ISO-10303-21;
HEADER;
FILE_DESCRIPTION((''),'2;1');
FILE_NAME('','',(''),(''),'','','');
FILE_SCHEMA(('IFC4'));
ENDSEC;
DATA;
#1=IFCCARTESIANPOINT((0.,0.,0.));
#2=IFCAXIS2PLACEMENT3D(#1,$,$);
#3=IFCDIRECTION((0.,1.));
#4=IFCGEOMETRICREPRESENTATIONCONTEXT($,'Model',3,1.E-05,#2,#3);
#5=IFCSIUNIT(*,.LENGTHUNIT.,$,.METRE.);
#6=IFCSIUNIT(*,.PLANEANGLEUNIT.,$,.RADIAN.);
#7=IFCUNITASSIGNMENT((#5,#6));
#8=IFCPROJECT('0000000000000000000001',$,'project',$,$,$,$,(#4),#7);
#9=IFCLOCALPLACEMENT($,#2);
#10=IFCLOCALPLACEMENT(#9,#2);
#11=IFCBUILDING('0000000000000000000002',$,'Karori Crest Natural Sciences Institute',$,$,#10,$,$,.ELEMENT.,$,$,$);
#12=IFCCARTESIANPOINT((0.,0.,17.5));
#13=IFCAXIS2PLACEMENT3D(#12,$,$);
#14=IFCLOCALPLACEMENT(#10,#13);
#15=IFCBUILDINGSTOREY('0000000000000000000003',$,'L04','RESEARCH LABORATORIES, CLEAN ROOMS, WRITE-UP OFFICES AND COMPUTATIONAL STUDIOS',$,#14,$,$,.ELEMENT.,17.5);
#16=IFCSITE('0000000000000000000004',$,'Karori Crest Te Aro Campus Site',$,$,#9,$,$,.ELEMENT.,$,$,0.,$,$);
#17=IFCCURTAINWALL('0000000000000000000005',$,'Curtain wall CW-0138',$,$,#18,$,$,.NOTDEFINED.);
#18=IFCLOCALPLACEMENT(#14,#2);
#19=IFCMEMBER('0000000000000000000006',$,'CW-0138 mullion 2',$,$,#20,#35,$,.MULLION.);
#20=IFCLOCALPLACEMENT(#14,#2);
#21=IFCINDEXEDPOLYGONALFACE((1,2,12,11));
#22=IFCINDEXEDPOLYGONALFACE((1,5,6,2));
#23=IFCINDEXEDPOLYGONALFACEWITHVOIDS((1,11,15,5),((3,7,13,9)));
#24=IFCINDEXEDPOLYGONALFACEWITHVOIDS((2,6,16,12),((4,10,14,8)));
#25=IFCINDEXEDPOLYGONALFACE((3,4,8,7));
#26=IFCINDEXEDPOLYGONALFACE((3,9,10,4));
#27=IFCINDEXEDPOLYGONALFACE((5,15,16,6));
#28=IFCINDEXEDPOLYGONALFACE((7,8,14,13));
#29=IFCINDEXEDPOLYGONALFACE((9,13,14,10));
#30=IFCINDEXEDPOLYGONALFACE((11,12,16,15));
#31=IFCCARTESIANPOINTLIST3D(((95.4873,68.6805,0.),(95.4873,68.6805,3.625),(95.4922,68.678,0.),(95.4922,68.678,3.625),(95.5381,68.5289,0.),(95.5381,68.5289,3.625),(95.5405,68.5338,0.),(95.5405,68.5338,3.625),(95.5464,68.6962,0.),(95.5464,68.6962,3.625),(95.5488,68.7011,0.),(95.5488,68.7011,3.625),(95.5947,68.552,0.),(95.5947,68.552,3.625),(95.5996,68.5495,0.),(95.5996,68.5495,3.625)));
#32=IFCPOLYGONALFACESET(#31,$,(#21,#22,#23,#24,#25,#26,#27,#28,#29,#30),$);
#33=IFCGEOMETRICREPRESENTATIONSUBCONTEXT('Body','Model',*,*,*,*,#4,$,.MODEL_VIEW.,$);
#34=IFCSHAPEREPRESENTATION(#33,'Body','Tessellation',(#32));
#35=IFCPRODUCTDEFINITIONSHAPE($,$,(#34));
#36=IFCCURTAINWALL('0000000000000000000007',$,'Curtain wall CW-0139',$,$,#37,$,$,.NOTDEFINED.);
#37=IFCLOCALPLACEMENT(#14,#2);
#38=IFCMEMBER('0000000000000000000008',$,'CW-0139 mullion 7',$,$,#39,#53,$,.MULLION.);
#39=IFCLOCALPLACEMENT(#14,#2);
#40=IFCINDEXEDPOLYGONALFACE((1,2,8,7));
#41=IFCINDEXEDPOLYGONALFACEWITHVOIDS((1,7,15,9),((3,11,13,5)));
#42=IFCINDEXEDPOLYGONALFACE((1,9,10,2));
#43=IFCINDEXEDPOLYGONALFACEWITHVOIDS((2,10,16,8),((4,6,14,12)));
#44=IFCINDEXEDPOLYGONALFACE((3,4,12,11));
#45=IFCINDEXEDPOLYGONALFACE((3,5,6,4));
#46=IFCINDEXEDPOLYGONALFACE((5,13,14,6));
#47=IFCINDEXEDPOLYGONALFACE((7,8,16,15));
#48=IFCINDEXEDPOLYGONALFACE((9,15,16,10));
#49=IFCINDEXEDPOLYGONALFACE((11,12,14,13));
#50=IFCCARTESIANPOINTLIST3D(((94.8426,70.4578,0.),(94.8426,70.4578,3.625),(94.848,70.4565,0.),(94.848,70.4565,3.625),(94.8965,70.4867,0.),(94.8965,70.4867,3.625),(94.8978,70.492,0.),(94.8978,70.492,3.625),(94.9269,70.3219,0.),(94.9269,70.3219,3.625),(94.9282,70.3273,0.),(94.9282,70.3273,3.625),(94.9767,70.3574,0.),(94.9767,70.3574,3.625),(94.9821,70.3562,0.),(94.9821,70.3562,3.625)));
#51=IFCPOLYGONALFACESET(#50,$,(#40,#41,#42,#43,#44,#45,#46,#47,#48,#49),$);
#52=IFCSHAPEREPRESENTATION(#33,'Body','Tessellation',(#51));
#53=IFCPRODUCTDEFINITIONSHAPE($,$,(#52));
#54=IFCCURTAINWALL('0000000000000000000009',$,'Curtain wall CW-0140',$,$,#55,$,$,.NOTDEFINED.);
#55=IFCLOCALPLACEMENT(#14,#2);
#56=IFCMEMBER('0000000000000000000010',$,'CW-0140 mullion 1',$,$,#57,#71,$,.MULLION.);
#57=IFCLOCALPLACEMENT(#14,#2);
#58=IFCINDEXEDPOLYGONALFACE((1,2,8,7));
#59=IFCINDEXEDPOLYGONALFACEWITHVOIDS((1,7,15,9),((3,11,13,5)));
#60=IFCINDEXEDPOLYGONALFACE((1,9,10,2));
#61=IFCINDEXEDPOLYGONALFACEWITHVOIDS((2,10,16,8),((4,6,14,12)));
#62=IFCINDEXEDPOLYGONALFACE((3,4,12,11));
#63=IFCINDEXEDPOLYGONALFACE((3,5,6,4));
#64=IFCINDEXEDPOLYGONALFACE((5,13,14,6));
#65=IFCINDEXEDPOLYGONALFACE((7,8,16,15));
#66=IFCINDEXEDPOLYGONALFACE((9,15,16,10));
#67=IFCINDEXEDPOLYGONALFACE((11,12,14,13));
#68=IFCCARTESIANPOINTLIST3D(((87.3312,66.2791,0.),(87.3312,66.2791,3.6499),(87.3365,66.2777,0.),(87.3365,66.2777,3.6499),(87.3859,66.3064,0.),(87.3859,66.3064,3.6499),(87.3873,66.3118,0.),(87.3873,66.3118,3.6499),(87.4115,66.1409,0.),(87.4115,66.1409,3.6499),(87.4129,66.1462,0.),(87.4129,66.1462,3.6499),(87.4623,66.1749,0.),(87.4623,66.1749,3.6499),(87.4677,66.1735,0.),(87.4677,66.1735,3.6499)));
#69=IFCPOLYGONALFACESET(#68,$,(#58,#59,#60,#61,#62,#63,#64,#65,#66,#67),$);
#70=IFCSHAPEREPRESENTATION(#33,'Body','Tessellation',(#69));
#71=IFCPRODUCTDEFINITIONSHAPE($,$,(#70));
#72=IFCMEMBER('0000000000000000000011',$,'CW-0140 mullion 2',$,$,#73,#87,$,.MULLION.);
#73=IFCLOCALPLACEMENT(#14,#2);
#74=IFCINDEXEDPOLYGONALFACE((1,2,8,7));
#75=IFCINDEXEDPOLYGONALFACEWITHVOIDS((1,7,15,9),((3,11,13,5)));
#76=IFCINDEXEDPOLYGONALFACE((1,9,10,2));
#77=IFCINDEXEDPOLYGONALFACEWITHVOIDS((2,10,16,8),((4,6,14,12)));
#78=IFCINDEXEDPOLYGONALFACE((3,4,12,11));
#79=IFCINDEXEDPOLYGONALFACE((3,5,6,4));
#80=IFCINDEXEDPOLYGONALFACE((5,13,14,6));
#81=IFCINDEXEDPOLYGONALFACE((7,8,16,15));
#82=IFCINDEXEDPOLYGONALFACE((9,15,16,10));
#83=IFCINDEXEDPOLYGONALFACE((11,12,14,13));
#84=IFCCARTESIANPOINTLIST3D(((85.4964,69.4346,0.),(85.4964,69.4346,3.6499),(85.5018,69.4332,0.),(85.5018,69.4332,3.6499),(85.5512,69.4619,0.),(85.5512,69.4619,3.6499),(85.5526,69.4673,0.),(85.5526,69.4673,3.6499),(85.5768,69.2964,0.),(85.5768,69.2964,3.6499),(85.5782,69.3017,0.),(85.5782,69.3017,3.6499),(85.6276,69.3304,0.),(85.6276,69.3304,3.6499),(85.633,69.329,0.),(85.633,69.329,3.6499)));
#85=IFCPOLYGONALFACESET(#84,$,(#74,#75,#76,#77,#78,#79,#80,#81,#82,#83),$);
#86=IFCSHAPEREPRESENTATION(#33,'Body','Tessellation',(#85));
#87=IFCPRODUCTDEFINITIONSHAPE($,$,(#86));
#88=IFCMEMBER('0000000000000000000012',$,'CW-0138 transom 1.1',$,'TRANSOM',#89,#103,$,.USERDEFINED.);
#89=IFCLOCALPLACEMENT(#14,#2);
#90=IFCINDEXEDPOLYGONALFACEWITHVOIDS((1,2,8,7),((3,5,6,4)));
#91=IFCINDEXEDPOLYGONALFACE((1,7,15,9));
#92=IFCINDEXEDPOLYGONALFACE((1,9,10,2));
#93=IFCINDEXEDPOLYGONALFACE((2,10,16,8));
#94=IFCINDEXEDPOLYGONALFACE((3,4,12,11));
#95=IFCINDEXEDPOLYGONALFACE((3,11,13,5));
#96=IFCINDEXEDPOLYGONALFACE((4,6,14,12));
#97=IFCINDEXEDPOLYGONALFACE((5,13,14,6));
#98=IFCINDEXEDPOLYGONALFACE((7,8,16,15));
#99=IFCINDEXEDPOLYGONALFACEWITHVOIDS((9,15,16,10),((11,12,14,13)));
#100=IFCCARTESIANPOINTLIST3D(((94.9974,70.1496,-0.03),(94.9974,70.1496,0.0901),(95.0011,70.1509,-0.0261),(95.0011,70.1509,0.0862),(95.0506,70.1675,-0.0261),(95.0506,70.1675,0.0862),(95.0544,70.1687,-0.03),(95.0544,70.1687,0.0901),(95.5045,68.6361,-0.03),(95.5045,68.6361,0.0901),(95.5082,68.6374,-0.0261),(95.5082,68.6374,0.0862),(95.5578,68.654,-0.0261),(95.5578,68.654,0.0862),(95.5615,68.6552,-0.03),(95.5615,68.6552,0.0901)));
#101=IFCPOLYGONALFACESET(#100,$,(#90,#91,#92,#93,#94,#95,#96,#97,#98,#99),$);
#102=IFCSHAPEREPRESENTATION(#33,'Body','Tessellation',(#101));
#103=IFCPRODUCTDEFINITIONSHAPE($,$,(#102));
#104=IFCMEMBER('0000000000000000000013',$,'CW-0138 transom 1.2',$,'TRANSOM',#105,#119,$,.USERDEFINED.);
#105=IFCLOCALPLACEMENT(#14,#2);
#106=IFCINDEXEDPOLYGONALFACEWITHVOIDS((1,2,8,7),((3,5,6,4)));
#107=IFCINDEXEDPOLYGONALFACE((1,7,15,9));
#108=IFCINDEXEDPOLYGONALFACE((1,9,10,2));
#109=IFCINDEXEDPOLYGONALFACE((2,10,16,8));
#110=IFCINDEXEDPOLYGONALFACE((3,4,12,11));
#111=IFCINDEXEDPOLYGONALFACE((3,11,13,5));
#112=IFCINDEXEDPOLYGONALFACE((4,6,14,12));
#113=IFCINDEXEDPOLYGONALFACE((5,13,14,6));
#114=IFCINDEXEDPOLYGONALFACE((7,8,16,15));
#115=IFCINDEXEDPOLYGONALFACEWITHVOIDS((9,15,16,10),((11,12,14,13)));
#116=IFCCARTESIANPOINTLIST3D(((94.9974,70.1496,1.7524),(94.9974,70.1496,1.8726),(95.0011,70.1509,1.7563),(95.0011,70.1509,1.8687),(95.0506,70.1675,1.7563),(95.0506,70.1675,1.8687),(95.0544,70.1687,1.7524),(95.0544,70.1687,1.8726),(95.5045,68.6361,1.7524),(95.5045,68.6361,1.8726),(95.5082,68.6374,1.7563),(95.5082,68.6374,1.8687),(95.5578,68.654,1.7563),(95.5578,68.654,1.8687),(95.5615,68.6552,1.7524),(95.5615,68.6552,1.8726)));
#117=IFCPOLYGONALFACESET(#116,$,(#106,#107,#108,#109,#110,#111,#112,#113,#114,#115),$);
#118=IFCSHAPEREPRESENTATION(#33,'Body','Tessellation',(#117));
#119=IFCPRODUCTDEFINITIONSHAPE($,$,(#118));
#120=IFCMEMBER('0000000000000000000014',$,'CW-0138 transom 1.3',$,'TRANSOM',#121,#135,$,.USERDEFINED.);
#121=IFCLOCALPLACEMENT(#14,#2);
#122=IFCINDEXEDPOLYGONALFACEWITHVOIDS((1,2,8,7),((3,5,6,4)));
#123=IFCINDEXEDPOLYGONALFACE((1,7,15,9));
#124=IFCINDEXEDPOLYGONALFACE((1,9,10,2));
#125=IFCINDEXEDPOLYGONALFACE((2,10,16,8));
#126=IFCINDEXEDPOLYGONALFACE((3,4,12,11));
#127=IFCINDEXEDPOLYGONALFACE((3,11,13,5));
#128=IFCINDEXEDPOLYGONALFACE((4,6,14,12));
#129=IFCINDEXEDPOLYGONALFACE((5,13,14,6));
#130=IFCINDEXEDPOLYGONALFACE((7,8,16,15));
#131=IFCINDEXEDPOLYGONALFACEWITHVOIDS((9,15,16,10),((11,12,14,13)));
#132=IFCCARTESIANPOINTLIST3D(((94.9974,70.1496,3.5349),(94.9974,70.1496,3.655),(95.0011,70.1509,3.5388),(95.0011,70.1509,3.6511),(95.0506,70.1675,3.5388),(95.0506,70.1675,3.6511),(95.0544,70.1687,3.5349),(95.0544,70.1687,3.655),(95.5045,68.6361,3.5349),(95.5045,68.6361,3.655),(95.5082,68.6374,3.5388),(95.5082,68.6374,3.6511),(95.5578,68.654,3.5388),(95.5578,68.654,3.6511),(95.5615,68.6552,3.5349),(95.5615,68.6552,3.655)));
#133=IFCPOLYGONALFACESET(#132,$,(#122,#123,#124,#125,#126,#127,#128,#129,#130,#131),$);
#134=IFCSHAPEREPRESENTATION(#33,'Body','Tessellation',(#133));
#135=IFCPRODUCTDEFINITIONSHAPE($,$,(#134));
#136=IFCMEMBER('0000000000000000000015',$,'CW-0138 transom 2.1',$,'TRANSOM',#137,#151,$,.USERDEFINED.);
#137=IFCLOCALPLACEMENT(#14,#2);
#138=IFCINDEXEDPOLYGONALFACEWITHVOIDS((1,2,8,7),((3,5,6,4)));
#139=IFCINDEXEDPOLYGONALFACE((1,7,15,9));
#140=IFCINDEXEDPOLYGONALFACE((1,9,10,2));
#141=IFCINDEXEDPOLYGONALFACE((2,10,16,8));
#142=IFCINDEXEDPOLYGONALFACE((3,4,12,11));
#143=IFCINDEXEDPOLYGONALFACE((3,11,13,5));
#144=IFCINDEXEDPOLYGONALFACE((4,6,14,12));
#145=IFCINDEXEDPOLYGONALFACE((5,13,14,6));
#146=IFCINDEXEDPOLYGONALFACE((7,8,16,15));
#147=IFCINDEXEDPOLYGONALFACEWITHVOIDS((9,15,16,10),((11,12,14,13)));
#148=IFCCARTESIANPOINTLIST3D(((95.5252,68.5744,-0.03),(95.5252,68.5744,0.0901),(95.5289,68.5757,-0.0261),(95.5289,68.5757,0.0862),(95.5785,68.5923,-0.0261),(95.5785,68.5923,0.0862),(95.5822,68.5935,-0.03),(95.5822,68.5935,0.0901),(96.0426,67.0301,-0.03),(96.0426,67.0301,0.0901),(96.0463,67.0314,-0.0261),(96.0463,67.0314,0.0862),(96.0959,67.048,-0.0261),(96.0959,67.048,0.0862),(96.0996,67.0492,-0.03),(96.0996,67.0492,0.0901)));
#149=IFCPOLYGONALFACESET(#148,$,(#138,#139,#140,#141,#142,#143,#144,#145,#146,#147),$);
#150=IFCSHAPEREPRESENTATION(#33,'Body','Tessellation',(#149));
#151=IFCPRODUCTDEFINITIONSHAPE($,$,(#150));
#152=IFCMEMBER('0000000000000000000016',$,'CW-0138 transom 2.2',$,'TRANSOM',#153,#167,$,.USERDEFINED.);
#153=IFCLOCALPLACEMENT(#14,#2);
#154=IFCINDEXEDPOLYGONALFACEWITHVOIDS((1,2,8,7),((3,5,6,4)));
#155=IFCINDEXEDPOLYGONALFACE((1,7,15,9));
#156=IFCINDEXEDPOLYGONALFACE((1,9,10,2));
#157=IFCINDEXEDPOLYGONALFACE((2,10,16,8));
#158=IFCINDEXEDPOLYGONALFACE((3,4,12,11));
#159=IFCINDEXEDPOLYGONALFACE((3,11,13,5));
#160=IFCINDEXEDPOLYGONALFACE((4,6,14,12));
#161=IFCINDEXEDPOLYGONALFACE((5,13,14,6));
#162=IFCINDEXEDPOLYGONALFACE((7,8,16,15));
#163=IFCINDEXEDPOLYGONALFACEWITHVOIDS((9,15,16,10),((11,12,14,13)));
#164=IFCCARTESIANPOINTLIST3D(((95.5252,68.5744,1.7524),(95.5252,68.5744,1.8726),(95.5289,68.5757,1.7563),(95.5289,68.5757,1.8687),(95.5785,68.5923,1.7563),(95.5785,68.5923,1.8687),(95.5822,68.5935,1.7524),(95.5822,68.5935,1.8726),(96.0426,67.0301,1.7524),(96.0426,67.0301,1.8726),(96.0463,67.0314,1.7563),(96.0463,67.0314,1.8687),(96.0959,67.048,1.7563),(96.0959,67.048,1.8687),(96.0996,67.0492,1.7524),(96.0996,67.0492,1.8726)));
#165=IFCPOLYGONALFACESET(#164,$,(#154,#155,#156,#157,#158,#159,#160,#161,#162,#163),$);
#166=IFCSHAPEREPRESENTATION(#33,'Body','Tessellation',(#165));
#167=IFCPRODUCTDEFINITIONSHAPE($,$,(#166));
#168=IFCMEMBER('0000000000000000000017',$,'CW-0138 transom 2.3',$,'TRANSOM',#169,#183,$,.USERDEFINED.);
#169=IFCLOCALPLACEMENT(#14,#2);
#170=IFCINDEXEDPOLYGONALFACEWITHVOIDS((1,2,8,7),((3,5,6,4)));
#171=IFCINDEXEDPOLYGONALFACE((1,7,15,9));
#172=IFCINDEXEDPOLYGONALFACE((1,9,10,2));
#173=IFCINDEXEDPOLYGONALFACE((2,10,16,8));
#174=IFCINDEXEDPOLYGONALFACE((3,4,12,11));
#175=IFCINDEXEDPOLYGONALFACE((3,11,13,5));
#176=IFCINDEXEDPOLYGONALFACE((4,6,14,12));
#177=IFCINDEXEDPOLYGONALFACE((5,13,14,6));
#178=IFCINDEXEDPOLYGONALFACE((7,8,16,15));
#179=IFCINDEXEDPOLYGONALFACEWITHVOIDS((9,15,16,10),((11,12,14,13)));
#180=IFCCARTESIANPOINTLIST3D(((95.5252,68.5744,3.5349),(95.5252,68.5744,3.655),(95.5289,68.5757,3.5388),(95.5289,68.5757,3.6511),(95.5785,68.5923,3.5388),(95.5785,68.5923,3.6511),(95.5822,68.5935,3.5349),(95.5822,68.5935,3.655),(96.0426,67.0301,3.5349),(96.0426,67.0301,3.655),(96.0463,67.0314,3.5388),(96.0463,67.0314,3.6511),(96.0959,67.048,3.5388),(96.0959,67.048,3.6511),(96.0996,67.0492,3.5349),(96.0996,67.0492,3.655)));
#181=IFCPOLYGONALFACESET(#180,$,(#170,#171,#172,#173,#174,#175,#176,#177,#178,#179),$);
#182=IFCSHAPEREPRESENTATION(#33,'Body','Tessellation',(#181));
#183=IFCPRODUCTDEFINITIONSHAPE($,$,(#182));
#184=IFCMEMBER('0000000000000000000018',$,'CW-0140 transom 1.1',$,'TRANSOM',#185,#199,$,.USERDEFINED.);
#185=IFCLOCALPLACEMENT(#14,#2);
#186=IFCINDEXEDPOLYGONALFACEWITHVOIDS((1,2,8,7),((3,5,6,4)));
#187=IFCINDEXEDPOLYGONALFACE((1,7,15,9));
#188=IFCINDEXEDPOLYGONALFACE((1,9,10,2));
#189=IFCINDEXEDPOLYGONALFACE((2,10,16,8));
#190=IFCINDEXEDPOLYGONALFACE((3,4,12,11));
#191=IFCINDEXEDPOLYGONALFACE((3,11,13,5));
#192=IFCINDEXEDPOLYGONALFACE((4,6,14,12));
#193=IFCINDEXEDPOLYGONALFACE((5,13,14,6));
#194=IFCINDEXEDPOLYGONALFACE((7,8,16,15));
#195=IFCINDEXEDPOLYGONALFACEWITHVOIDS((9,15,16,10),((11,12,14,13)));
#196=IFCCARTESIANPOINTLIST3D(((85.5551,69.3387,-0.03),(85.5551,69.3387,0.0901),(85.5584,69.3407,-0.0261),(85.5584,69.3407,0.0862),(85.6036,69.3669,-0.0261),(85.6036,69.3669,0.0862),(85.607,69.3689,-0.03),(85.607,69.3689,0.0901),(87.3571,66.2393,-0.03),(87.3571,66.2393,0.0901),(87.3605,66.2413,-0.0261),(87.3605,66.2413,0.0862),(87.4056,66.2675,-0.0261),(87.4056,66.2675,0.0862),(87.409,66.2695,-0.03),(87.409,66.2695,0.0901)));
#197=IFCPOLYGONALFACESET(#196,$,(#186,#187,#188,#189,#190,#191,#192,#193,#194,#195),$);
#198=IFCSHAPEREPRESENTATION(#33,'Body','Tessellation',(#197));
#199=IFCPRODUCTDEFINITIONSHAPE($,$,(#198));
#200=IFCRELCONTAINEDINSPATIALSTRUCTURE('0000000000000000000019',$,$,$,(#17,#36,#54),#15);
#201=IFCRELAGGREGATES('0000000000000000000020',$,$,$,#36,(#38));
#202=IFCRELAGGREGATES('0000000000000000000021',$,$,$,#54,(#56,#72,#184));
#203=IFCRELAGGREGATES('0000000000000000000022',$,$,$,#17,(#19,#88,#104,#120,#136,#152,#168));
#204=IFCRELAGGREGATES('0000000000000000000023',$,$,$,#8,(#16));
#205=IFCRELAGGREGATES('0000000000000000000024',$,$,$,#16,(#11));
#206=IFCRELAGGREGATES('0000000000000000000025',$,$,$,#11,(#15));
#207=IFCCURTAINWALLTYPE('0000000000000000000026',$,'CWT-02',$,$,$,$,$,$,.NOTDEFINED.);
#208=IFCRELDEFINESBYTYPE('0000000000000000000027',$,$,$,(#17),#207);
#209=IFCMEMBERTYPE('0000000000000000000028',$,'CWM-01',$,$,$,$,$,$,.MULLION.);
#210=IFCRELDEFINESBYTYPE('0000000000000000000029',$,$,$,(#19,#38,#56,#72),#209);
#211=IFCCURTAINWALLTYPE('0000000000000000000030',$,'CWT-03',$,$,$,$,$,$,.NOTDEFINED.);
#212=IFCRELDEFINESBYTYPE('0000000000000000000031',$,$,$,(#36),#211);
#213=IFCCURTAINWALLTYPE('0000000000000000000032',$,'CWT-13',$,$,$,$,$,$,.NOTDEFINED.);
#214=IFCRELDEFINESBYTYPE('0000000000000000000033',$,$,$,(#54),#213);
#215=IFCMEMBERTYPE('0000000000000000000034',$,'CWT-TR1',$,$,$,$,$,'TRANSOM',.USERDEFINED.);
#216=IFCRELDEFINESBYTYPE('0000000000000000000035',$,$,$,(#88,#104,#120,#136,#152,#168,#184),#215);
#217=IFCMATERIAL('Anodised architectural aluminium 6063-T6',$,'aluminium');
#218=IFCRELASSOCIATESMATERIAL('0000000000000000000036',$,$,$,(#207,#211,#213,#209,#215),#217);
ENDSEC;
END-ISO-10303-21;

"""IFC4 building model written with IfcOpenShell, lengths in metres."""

from ifc_helpers import new_model, si_unit, direction, frame, origin, origin_2d, place, context, subcontext, project, spatial, hollow_rectangle, extrude, material, material_profile, profile_set, type_object, element, aggregate, save


model = new_model("IFC4")

# Units and contexts
model_context = context("Model", 3, precision=1e-05, world=origin(), true_north=direction((0.0, 1.0)))
body_context = subcontext(model_context, "Body", "Model", "MODEL_VIEW")
ifc_project = project(units=[si_unit("LENGTHUNIT", "METRE"), si_unit("PLANEANGLEUNIT", "RADIAN")], contexts=[model_context])

# Site, building, storey
site_placement = place(None, origin())
site = spatial("IfcSite", under=ifc_project, at=site_placement, Name="Karori Crest Te Aro Campus Site", CompositionType="ELEMENT", RefElevation=0.0)
building_placement = place(site_placement, origin())
building = spatial("IfcBuilding", under=site, at=building_placement, Name="Karori Crest Natural Sciences Institute", CompositionType="ELEMENT")
storey_placement = place(building_placement, frame((0.0, 0.0, 17.5)))
storey = spatial("IfcBuildingStorey", under=building, at=storey_placement, Name="L04", Description="RESEARCH LABORATORIES, CLEAN ROOMS, WRITE-UP OFFICES AND COMPUTATIONAL STUDIOS", CompositionType="ELEMENT", Elevation=17.5)

# Curtain wall, member
ifc_material_1 = material(Name="Anodised architectural aluminium 6063-T6", Category="aluminium")
curtain_wall_type_1 = type_object("IfcCurtainWallType", Name="CWT-02", PredefinedType="NOTDEFINED", material=ifc_material_1)
curtain_wall_1_placement = place(storey_placement, origin())
curtain_wall_1 = element("IfcCurtainWall", 1, at=curtain_wall_1_placement, inside=storey, type_object=curtain_wall_type_1, Name="Curtain wall CW-0138", PredefinedType="NOTDEFINED")
ifc_material_profile_1 = material_profile(ifc_material_1, hollow_rectangle(XDim=0.0649, YDim=0.1599, WallThickness=0.0039, at=origin_2d()), Name="CWM160x65x4")
ifc_profile_set_1 = profile_set([ifc_material_profile_1], Name="Anodised architectural aluminium 6063-T6")
member_type_1 = type_object("IfcMemberType", Name="CWM-01", PredefinedType="MULLION", material=ifc_profile_set_1)
member_1_placement = place(storey_placement, frame((95.5435, 68.615, 0.0), z_axis=(0.0, 0.0, 1.0), x_axis=(0.948198, 0.31768, 0.0)))
member_1 = element("IfcMember", 2, at=member_1_placement, type_object=member_type_1, Name="CW-0138 mullion 2", PredefinedType="MULLION", context=body_context, shape_type="SweptSolid", body=[
    extrude(hollow_rectangle(XDim=0.0649, YDim=0.1599, WallThickness=0.0039, at=origin_2d()), origin(), (0.0, 0.0, 1.0), 3.625),
])

# Curtain wall, member
curtain_wall_type_2 = type_object("IfcCurtainWallType", Name="CWT-03", PredefinedType="NOTDEFINED", material=ifc_material_1)
curtain_wall_2_placement = place(storey_placement, origin())
curtain_wall_2 = element("IfcCurtainWall", 3, at=curtain_wall_2_placement, inside=storey, type_object=curtain_wall_type_2, Name="Curtain wall CW-0139", PredefinedType="NOTDEFINED")
member_2_placement = place(storey_placement, frame((94.9124, 70.407, 0.0), z_axis=(0.0, 0.0, 1.0), x_axis=(0.849662, 0.527328, 0.0)))
member_2 = element("IfcMember", 4, at=member_2_placement, type_object=member_type_1, Name="CW-0139 mullion 7", PredefinedType="MULLION", context=body_context, shape_type="SweptSolid", body=[
    extrude(hollow_rectangle(XDim=0.0649, YDim=0.1599, WallThickness=0.0039, at=origin_2d()), origin(), (0.0, 0.0, 1.0), 3.625),
])
aggregate(curtain_wall_2, [member_2])

# Curtain wall, members
curtain_wall_type_3 = type_object("IfcCurtainWallType", Name="CWT-13", PredefinedType="NOTDEFINED", material=ifc_material_1)
curtain_wall_3_placement = place(storey_placement, origin())
curtain_wall_3 = element("IfcCurtainWall", 5, at=curtain_wall_3_placement, inside=storey, type_object=curtain_wall_type_3, Name="Curtain wall CW-0140", PredefinedType="NOTDEFINED")
member_3_placement = place(storey_placement, frame((87.3994, 66.2263, 0.0), z_axis=(0.0, 0.0, 1.0), x_axis=(-0.864487, -0.502655, 0.0)))
member_3 = element("IfcMember", 6, at=member_3_placement, type_object=member_type_1, Name="CW-0140 mullion 1", PredefinedType="MULLION", context=body_context, shape_type="SweptSolid", body=[
    extrude(hollow_rectangle(XDim=0.0649, YDim=0.1599, WallThickness=0.0039, at=origin_2d()), origin(), (0.0, 0.0, 1.0), 3.6499),
])
member_4_placement = place(storey_placement, frame((85.5647, 69.3818, 0.0), z_axis=(0.0, 0.0, 1.0), x_axis=(-0.864487, -0.502655, 0.0)))
member_4 = element("IfcMember", 7, at=member_4_placement, type_object=member_type_1, Name="CW-0140 mullion 2", PredefinedType="MULLION", context=body_context, shape_type="SweptSolid", body=[
    extrude(hollow_rectangle(XDim=0.0649, YDim=0.1599, WallThickness=0.0039, at=origin_2d()), origin(), (0.0, 0.0, 1.0), 3.6499),
])

# Members
ifc_material_profile_2 = material_profile(ifc_material_1, hollow_rectangle(XDim=0.0601, YDim=0.1201, WallThickness=0.0039, at=origin_2d()), Name="CWT120x60x4")
ifc_profile_set_2 = profile_set([ifc_material_profile_2], Name="Anodised architectural aluminium 6063-T6")
member_type_2 = type_object("IfcMemberType", Name="CWT-TR1", ElementType="TRANSOM", PredefinedType="USERDEFINED", material=ifc_profile_set_2)
member_5_placement = place(storey_placement, frame((95.0259, 70.1592, 0.03), z_axis=(0.317696, -0.948193, 0.0), x_axis=(0.948193, 0.317696, 0.0)))
member_5 = element("IfcMember", 8, at=member_5_placement, type_object=member_type_2, Name="CW-0138 transom 1.1", ObjectType="TRANSOM", PredefinedType="USERDEFINED", context=body_context, shape_type="SweptSolid", body=[
    extrude(hollow_rectangle(XDim=0.0601, YDim=0.1201, WallThickness=0.0039, at=origin_2d()), origin(), (0.0, 0.0, 1.0), 1.5962),
])
member_6_placement = place(storey_placement, frame((95.0259, 70.1592, 1.8125), z_axis=(0.317696, -0.948193, 0.0), x_axis=(0.948193, 0.317696, 0.0)))
member_6 = element("IfcMember", 9, at=member_6_placement, type_object=member_type_2, Name="CW-0138 transom 1.2", ObjectType="TRANSOM", PredefinedType="USERDEFINED", context=body_context, shape_type="SweptSolid", body=[
    extrude(hollow_rectangle(XDim=0.0601, YDim=0.1201, WallThickness=0.0039, at=origin_2d()), origin(), (0.0, 0.0, 1.0), 1.5962),
])
member_7_placement = place(storey_placement, frame((95.0259, 70.1592, 3.595), z_axis=(0.317696, -0.948193, 0.0), x_axis=(0.948193, 0.317696, 0.0)))
member_7 = element("IfcMember", 10, at=member_7_placement, type_object=member_type_2, Name="CW-0138 transom 1.3", ObjectType="TRANSOM", PredefinedType="USERDEFINED", context=body_context, shape_type="SweptSolid", body=[
    extrude(hollow_rectangle(XDim=0.0601, YDim=0.1201, WallThickness=0.0039, at=origin_2d()), origin(), (0.0, 0.0, 1.0), 1.5962),
])
member_8_placement = place(storey_placement, frame((95.5537, 68.584, 0.03), z_axis=(0.317667, -0.948202, 0.0), x_axis=(0.948202, 0.317667, 0.0)))
member_8 = element("IfcMember", 11, at=member_8_placement, type_object=member_type_2, Name="CW-0138 transom 2.1", ObjectType="TRANSOM", PredefinedType="USERDEFINED", context=body_context, shape_type="SweptSolid", body=[
    extrude(hollow_rectangle(XDim=0.0601, YDim=0.1201, WallThickness=0.0039, at=origin_2d()), origin(), (0.0, 0.0, 1.0), 1.6287),
])
member_9_placement = place(storey_placement, frame((95.5537, 68.584, 1.8125), z_axis=(0.317667, -0.948202, 0.0), x_axis=(0.948202, 0.317667, 0.0)))
member_9 = element("IfcMember", 12, at=member_9_placement, type_object=member_type_2, Name="CW-0138 transom 2.2", ObjectType="TRANSOM", PredefinedType="USERDEFINED", context=body_context, shape_type="SweptSolid", body=[
    extrude(hollow_rectangle(XDim=0.0601, YDim=0.1201, WallThickness=0.0039, at=origin_2d()), origin(), (0.0, 0.0, 1.0), 1.6287),
])
member_10_placement = place(storey_placement, frame((95.5537, 68.584, 3.595), z_axis=(0.317667, -0.948202, 0.0), x_axis=(0.948202, 0.317667, 0.0)))
member_10 = element("IfcMember", 13, at=member_10_placement, type_object=member_type_2, Name="CW-0138 transom 2.3", ObjectType="TRANSOM", PredefinedType="USERDEFINED", context=body_context, shape_type="SweptSolid", body=[
    extrude(hollow_rectangle(XDim=0.0601, YDim=0.1201, WallThickness=0.0039, at=origin_2d()), origin(), (0.0, 0.0, 1.0), 1.6287),
])
member_11_placement = place(storey_placement, frame((87.3831, 66.2544, 0.03), z_axis=(-0.50263, 0.864502, 0.0), x_axis=(-0.864502, -0.50263, 0.0)))
member_11 = element("IfcMember", 14, at=member_11_placement, type_object=member_type_2, Name="CW-0140 transom 1.1", ObjectType="TRANSOM", PredefinedType="USERDEFINED", context=body_context, shape_type="SweptSolid", body=[
    extrude(hollow_rectangle(XDim=0.0601, YDim=0.1201, WallThickness=0.0039, at=origin_2d()), origin(), (0.0, 0.0, 1.0), 3.5852),
])

aggregate(curtain_wall_3, [member_3, member_4, member_11])
aggregate(curtain_wall_1, [member_1, member_5, member_6, member_7, member_8, member_9, member_10])

save(model, "model.ifc")
